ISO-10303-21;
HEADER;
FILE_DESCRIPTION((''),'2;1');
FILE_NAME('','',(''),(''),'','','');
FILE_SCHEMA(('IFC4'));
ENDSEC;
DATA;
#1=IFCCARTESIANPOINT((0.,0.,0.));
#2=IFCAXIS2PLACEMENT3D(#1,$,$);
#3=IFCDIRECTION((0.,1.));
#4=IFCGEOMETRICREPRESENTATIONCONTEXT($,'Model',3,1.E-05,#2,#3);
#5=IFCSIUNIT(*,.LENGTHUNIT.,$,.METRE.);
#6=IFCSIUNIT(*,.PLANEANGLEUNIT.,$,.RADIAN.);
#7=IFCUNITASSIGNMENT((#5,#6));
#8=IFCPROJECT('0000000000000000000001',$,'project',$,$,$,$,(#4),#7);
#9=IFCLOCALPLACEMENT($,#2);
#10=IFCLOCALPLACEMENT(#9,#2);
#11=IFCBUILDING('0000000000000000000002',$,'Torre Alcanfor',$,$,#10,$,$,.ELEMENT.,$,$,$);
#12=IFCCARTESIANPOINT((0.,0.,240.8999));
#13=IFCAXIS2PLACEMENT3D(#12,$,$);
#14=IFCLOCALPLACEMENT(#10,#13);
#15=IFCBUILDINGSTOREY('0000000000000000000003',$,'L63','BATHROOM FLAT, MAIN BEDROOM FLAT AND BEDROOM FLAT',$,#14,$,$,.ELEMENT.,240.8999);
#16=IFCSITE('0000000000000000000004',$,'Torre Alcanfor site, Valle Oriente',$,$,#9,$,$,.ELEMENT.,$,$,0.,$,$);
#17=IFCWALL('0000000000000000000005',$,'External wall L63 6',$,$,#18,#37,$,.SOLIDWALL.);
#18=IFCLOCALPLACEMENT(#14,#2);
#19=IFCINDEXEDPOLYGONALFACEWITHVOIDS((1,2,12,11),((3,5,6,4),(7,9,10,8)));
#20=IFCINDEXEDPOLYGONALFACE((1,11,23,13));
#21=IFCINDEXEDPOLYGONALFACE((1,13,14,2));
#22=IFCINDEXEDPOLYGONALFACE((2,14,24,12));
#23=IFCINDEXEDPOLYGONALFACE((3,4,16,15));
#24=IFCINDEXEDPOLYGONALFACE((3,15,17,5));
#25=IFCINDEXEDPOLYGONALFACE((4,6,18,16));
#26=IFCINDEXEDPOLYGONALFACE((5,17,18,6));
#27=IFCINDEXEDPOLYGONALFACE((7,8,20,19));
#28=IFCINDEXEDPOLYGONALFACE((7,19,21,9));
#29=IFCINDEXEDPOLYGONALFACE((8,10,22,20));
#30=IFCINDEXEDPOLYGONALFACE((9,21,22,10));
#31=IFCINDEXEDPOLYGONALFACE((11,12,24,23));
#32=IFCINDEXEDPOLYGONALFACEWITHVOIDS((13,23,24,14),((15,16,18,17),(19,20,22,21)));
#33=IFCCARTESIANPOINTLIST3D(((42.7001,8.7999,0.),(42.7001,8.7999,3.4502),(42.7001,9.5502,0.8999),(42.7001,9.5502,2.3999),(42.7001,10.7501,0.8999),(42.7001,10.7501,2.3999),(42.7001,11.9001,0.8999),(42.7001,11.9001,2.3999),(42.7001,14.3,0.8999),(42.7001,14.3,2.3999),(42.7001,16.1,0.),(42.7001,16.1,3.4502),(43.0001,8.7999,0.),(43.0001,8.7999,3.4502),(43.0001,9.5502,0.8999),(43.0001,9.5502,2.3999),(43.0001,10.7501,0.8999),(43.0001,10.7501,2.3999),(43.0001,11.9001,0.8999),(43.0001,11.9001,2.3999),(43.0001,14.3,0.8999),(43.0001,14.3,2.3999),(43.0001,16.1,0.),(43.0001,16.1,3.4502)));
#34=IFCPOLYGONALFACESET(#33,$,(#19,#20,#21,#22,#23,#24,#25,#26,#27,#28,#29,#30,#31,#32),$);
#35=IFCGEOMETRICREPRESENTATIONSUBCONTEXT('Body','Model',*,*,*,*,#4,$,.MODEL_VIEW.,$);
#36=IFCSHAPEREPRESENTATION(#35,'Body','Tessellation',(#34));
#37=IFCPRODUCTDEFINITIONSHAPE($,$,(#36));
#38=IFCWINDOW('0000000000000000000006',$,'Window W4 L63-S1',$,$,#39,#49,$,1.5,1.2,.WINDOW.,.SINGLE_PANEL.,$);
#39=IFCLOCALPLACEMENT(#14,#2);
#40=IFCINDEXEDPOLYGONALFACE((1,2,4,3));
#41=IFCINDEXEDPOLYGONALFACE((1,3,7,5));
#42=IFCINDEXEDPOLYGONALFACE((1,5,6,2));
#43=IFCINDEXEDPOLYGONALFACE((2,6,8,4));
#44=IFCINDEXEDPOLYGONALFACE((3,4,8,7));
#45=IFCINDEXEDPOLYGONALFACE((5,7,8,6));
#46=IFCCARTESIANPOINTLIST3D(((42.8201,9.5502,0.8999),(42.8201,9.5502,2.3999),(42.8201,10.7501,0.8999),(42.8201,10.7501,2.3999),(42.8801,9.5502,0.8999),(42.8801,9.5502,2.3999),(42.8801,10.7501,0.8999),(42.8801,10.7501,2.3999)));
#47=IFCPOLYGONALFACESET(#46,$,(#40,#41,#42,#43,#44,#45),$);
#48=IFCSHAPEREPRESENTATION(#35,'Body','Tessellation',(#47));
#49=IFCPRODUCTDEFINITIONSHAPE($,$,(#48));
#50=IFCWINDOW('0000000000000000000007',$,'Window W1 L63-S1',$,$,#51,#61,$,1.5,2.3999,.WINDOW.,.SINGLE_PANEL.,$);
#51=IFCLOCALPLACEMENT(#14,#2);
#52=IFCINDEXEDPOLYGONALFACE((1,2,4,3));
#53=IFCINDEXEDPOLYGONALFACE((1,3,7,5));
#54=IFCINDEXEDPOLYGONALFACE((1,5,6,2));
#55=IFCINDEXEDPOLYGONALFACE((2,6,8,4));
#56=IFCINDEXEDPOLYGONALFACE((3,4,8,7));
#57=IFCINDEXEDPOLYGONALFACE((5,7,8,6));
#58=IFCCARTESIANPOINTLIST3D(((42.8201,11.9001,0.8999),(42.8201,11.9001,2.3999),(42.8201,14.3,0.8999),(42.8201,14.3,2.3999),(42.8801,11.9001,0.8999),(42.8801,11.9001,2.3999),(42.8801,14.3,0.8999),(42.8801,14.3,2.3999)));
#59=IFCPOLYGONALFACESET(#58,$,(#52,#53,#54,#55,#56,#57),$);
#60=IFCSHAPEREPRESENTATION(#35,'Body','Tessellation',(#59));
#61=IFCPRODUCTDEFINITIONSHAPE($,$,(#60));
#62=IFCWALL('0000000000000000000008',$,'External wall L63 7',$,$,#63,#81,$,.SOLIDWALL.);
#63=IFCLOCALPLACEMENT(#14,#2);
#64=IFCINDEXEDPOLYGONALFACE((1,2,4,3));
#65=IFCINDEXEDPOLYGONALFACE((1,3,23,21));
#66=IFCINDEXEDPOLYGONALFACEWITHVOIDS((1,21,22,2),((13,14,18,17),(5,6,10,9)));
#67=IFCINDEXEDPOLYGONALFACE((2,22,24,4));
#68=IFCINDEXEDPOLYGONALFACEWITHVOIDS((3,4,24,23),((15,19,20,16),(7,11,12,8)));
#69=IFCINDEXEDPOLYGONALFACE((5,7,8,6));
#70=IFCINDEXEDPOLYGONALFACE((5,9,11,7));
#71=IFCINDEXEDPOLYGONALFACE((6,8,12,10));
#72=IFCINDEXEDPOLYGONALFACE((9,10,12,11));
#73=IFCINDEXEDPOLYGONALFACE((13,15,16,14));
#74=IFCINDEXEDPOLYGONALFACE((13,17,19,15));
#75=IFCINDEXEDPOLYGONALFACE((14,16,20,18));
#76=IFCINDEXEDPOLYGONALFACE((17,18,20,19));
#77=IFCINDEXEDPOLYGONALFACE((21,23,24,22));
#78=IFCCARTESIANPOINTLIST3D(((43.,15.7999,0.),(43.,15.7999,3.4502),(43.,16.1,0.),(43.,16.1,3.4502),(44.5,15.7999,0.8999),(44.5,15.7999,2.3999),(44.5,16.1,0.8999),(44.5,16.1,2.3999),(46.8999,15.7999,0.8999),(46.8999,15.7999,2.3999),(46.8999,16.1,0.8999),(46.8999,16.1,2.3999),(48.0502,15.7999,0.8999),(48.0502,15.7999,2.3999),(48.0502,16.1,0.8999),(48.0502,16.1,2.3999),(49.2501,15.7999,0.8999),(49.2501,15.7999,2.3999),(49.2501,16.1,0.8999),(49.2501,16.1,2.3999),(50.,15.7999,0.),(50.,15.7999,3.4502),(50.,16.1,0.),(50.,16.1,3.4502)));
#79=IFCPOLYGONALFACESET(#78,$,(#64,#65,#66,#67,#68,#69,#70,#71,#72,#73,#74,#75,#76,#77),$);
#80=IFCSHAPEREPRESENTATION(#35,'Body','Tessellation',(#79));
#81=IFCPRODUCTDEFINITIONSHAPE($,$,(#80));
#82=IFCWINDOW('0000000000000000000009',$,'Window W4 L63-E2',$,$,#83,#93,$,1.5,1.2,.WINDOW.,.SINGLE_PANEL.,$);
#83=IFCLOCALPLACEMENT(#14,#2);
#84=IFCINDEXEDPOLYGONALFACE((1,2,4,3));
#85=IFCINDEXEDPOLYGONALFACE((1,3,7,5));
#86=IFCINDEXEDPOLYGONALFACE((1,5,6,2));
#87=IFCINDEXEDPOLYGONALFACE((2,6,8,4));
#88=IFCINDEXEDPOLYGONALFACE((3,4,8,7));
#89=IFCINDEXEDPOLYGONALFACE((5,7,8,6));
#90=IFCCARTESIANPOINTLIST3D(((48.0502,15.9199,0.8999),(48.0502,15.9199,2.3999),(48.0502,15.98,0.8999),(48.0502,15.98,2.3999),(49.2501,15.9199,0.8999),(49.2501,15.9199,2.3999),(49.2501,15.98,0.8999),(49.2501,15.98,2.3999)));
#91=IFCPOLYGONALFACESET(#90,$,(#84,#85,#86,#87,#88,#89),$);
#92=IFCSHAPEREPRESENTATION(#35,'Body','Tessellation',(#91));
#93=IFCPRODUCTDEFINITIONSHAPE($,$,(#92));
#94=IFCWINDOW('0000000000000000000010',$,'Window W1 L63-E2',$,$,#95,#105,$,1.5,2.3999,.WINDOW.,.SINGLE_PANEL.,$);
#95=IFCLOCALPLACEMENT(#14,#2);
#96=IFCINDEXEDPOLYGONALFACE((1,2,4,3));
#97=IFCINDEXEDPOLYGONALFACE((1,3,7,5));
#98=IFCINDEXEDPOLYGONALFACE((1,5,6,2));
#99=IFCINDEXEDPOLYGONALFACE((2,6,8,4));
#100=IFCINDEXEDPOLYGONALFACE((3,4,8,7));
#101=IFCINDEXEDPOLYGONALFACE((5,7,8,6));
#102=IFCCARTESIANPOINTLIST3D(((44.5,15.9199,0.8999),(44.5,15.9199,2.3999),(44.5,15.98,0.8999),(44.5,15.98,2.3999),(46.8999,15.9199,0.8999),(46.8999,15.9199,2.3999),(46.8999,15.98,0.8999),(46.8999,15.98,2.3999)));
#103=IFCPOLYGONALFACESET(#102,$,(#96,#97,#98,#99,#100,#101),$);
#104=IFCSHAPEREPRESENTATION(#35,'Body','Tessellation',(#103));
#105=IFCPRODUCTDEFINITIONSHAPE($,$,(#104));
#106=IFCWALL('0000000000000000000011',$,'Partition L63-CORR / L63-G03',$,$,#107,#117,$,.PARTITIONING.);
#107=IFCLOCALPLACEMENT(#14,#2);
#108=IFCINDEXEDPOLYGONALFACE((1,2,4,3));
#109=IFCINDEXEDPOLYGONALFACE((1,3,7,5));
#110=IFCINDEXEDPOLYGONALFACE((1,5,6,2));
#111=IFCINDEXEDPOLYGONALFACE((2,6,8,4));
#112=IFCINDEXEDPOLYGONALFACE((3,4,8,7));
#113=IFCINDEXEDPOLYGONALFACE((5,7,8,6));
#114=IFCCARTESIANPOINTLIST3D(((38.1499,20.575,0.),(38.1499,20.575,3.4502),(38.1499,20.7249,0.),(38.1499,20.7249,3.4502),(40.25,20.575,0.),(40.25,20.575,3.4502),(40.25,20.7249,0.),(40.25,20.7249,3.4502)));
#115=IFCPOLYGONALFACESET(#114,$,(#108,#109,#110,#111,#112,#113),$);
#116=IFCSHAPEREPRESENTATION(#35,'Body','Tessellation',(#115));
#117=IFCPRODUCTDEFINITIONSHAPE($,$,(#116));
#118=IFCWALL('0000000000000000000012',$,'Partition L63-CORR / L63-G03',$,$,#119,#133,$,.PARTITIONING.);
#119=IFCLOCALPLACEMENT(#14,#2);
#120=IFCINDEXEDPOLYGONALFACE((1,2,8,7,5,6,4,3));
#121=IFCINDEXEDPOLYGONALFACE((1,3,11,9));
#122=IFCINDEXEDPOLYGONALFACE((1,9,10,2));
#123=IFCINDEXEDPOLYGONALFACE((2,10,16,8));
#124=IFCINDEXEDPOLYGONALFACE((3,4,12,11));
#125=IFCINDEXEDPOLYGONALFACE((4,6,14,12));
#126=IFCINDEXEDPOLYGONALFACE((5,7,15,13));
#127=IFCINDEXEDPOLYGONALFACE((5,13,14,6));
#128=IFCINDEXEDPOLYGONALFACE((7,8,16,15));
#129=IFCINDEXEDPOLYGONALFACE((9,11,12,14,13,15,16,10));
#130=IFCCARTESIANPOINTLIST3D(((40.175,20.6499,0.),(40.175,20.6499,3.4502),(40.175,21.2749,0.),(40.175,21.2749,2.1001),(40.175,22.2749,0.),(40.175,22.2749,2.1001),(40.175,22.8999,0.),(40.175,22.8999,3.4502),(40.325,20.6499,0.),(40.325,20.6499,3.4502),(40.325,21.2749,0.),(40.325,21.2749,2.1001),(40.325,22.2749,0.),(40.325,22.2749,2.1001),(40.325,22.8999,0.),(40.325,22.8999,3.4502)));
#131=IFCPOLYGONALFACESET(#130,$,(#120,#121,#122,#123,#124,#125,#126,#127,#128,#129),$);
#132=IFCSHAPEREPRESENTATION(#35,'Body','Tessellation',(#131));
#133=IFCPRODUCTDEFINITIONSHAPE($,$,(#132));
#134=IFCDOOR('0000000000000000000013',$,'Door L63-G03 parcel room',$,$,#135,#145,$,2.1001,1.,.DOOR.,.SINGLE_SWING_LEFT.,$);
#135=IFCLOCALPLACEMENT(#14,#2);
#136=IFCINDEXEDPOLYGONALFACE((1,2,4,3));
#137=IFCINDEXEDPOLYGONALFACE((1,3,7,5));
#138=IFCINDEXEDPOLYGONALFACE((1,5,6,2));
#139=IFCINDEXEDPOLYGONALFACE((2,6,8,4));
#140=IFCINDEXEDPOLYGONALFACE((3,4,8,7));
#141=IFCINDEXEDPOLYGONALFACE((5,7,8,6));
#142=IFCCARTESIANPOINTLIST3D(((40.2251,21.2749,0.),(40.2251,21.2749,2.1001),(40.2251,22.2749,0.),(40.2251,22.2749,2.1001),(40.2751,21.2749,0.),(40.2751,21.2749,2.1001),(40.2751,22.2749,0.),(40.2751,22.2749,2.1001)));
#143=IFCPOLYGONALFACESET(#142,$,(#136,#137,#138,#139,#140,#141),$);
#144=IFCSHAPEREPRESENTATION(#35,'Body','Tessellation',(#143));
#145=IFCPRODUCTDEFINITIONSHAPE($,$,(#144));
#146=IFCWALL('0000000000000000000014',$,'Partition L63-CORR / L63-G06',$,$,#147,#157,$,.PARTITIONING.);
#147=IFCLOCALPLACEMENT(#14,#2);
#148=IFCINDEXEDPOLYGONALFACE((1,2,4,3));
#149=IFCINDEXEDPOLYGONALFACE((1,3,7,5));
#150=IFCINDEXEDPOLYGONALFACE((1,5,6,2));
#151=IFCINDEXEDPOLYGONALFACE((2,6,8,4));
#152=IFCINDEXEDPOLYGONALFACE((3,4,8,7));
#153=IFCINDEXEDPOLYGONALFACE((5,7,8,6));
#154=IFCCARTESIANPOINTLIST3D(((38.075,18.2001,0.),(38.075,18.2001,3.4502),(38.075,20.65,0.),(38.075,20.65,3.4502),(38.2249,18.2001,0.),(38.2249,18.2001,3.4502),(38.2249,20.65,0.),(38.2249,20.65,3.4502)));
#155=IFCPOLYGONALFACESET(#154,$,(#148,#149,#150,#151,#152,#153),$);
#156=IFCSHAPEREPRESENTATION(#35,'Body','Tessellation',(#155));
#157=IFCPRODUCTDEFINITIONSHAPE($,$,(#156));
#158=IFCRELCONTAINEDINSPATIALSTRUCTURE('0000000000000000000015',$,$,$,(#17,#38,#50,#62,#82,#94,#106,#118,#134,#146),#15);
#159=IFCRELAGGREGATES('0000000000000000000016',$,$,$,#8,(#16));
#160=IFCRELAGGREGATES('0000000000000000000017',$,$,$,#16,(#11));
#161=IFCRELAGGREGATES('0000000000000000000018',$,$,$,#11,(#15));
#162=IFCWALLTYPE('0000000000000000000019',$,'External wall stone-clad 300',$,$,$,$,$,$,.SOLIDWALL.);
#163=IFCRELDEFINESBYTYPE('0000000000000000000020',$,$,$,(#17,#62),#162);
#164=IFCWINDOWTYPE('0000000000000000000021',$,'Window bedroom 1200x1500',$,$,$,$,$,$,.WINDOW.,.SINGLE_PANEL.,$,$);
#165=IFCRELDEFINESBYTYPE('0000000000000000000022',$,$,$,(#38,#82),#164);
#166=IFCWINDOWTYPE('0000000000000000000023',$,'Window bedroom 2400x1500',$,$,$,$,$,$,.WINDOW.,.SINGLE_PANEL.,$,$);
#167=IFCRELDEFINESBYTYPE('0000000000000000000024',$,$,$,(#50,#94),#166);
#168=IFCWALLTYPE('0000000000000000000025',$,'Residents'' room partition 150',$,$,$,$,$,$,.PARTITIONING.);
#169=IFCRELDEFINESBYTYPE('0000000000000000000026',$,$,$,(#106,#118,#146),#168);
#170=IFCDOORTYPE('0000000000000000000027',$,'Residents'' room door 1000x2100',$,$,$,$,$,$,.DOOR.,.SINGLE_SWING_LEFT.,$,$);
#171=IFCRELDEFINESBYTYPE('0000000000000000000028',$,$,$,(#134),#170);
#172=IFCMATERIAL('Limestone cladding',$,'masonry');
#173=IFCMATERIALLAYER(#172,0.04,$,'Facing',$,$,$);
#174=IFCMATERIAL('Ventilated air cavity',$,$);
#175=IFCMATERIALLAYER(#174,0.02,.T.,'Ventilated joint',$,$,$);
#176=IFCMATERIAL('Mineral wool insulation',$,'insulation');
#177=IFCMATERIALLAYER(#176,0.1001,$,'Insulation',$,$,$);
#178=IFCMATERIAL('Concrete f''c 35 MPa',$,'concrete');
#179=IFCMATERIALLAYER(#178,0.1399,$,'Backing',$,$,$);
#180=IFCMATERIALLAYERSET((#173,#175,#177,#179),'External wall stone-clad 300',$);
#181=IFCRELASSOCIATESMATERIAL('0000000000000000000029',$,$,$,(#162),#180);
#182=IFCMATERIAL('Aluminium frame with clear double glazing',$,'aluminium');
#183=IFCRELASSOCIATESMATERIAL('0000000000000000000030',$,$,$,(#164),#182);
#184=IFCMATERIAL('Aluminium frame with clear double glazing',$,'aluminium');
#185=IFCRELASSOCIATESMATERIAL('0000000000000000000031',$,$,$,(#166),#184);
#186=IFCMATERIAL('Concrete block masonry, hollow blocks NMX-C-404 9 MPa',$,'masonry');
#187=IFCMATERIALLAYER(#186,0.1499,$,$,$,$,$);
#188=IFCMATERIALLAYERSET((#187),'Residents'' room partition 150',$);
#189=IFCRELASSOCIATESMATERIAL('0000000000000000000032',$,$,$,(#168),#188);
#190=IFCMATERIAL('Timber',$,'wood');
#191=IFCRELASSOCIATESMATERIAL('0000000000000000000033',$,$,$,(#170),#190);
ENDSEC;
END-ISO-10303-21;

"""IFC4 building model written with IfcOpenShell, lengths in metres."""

from ifc_helpers import new_model, si_unit, direction, frame, frame_2d, origin, place, context, subcontext, project, spatial, rectangle, extrude, material, layer, layer_set, type_object, element, fill, save


model = new_model("IFC4")

# Units and contexts
model_context = context("Model", 3, precision=1e-05, world=origin(), true_north=direction((0.0, 1.0)))
body_context = subcontext(model_context, "Body", "Model", "MODEL_VIEW")
ifc_project = project(units=[si_unit("LENGTHUNIT", "METRE"), si_unit("PLANEANGLEUNIT", "RADIAN")], contexts=[model_context])

# Site, building, storey
site_placement = place(None, origin())
site = spatial("IfcSite", under=ifc_project, at=site_placement, Name="Torre Alcanfor site, Valle Oriente", CompositionType="ELEMENT", RefElevation=0.0)
building_placement = place(site_placement, origin())
building = spatial("IfcBuilding", under=site, at=building_placement, Name="Torre Alcanfor", CompositionType="ELEMENT")
storey_placement = place(building_placement, frame((0.0, 0.0, 240.8999)))
storey = spatial("IfcBuildingStorey", under=building, at=storey_placement, Name="L63", Description="BATHROOM FLAT, MAIN BEDROOM FLAT AND BEDROOM FLAT", CompositionType="ELEMENT", Elevation=240.8999)

# Walls, openings, windows
ifc_material_1 = material(Name="Limestone cladding", Category="masonry")
ifc_layer_1 = layer(ifc_material_1, 0.04, Name="Facing")
ifc_material_2 = material(Name="Ventilated air cavity")
ifc_layer_2 = layer(ifc_material_2, 0.02, ventilated=True, Name="Ventilated joint")
ifc_material_3 = material(Name="Mineral wool insulation", Category="insulation")
ifc_layer_3 = layer(ifc_material_3, 0.1001, Name="Insulation")
ifc_material_4 = material(Name="Concrete f'c 35 MPa", Category="concrete")
ifc_layer_4 = layer(ifc_material_4, 0.1399, Name="Backing")
ifc_layer_set_1 = layer_set([ifc_layer_1, ifc_layer_2, ifc_layer_3, ifc_layer_4], Name="External wall stone-clad 300")
wall_type_1 = type_object("IfcWallType", Name="External wall stone-clad 300", PredefinedType="SOLIDWALL", material=ifc_layer_set_1)
wall_1_placement = place(storey_placement, frame((42.8501, 8.8, 0.0), z_axis=(0.0, 0.0, 1.0), x_axis=(0.0, 1.0, 0.0)))
wall_1 = element("IfcWall", 1, at=wall_1_placement, inside=storey, type_object=wall_type_1, Name="External wall L63 6", PredefinedType="SOLIDWALL", context=body_context, shape_type="SweptSolid", body=[
    extrude(rectangle(XDim=7.3, YDim=0.3, at=frame_2d((3.6499, 0.0))), origin(), (0.0, 0.0, 1.0), 3.4502),
])
opening_1_placement = place(wall_1_placement, frame((3.1001, 0.0, 0.8999)))
opening_1 = element("IfcOpeningElement", 2, at=opening_1_placement, cuts=wall_1, PredefinedType="OPENING", context=body_context, shape_type="SweptSolid", body=[
    extrude(rectangle(XDim=2.3999, YDim=1.5, at=frame_2d((1.2, 0.75))), frame((0.0, 0.1599, 0.0), z_axis=(0.0, -1.0, 0.0), x_axis=(1.0, 0.0, 0.0)), (0.0, 0.0, 1.0), 0.3201),
])
opening_2_placement = place(wall_1_placement, frame((0.75, 0.0, 0.8999)))
opening_2 = element("IfcOpeningElement", 3, at=opening_2_placement, cuts=wall_1, PredefinedType="OPENING", context=body_context, shape_type="SweptSolid", body=[
    extrude(rectangle(XDim=1.2, YDim=1.5, at=frame_2d((0.6001, 0.75))), frame((0.0, 0.1599, 0.0), z_axis=(0.0, -1.0, 0.0), x_axis=(1.0, 0.0, 0.0)), (0.0, 0.0, 1.0), 0.3201),
])
ifc_material_5 = material(Name="Aluminium frame with clear double glazing", Category="aluminium")
window_type_1 = type_object("IfcWindowType", Name="Window bedroom 1200x1500", PartitioningType="SINGLE_PANEL", PredefinedType="WINDOW", material=ifc_material_5)
window_1_placement = place(opening_2_placement, origin())
window_1 = element("IfcWindow", 4, at=window_1_placement, inside=storey, type_object=window_type_1, Name="Window W4 L63-S1", OverallHeight=1.5, OverallWidth=1.2, PartitioningType="SINGLE_PANEL", PredefinedType="WINDOW", context=body_context, shape_type="SweptSolid", body=[
    extrude(rectangle(XDim=1.2, YDim=1.5, at=frame_2d((0.6001, 0.75))), frame((0.0, 0.03, 0.0), z_axis=(0.0, -1.0, 0.0), x_axis=(1.0, 0.0, 0.0)), (0.0, 0.0, 1.0), 0.0601),
])
fill(opening_2, window_1)
ifc_material_6 = material(Name="Aluminium frame with clear double glazing", Category="aluminium")
window_type_2 = type_object("IfcWindowType", Name="Window bedroom 2400x1500", PartitioningType="SINGLE_PANEL", PredefinedType="WINDOW", material=ifc_material_6)
window_2_placement = place(opening_1_placement, origin())
window_2 = element("IfcWindow", 5, at=window_2_placement, inside=storey, type_object=window_type_2, Name="Window W1 L63-S1", OverallHeight=1.5, OverallWidth=2.3999, PartitioningType="SINGLE_PANEL", PredefinedType="WINDOW", context=body_context, shape_type="SweptSolid", body=[
    extrude(rectangle(XDim=2.3999, YDim=1.5, at=frame_2d((1.2, 0.75))), frame((0.0, 0.03, 0.0), z_axis=(0.0, -1.0, 0.0), x_axis=(1.0, 0.0, 0.0)), (0.0, 0.0, 1.0), 0.0601),
])
fill(opening_1, window_2)
wall_2_placement = place(storey_placement, frame((43.0, 15.95, 0.0), z_axis=(0.0, 0.0, 1.0), x_axis=(1.0, 0.0, 0.0)))
wall_2 = element("IfcWall", 6, at=wall_2_placement, inside=storey, type_object=wall_type_1, Name="External wall L63 7", PredefinedType="SOLIDWALL", context=body_context, shape_type="SweptSolid", body=[
    extrude(rectangle(XDim=7.0, YDim=0.3, at=frame_2d((3.5, 0.0))), origin(), (0.0, 0.0, 1.0), 3.4502),
])
opening_3_placement = place(wall_2_placement, frame((1.5, 0.0, 0.8999)))
opening_3 = element("IfcOpeningElement", 7, at=opening_3_placement, cuts=wall_2, PredefinedType="OPENING", context=body_context, shape_type="SweptSolid", body=[
    extrude(rectangle(XDim=2.3999, YDim=1.5, at=frame_2d((1.2, 0.75))), frame((0.0, 0.1599, 0.0), z_axis=(0.0, -1.0, 0.0), x_axis=(1.0, 0.0, 0.0)), (0.0, 0.0, 1.0), 0.3201),
])
opening_4_placement = place(wall_2_placement, frame((5.05, 0.0, 0.8999)))
opening_4 = element("IfcOpeningElement", 8, at=opening_4_placement, cuts=wall_2, PredefinedType="OPENING", context=body_context, shape_type="SweptSolid", body=[
    extrude(rectangle(XDim=1.2, YDim=1.5, at=frame_2d((0.6001, 0.75))), frame((0.0, 0.1599, 0.0), z_axis=(0.0, -1.0, 0.0), x_axis=(1.0, 0.0, 0.0)), (0.0, 0.0, 1.0), 0.3201),
])
window_3_placement = place(opening_4_placement, origin())
window_3 = element("IfcWindow", 9, at=window_3_placement, inside=storey, type_object=window_type_1, Name="Window W4 L63-E2", OverallHeight=1.5, OverallWidth=1.2, PartitioningType="SINGLE_PANEL", PredefinedType="WINDOW", context=body_context, shape_type="SweptSolid", body=[
    extrude(rectangle(XDim=1.2, YDim=1.5, at=frame_2d((0.6001, 0.75))), frame((0.0, 0.03, 0.0), z_axis=(0.0, -1.0, 0.0), x_axis=(1.0, 0.0, 0.0)), (0.0, 0.0, 1.0), 0.0601),
])
fill(opening_4, window_3)
window_4_placement = place(opening_3_placement, origin())
window_4 = element("IfcWindow", 10, at=window_4_placement, inside=storey, type_object=window_type_2, Name="Window W1 L63-E2", OverallHeight=1.5, OverallWidth=2.3999, PartitioningType="SINGLE_PANEL", PredefinedType="WINDOW", context=body_context, shape_type="SweptSolid", body=[
    extrude(rectangle(XDim=2.3999, YDim=1.5, at=frame_2d((1.2, 0.75))), frame((0.0, 0.03, 0.0), z_axis=(0.0, -1.0, 0.0), x_axis=(1.0, 0.0, 0.0)), (0.0, 0.0, 1.0), 0.0601),
])
fill(opening_3, window_4)

# Wall
ifc_material_7 = material(Name="Concrete block masonry, hollow blocks NMX-C-404 9 MPa", Category="masonry")
ifc_layer_5 = layer(ifc_material_7, 0.1499)
ifc_layer_set_2 = layer_set([ifc_layer_5], Name="Residents' room partition 150")
wall_type_2 = type_object("IfcWallType", Name="Residents' room partition 150", PredefinedType="PARTITIONING", material=ifc_layer_set_2)
wall_3_placement = place(storey_placement, frame((38.1499, 20.6499, 0.0), z_axis=(0.0, 0.0, 1.0), x_axis=(1.0, 0.0, 0.0)))
element("IfcWall", 11, at=wall_3_placement, inside=storey, type_object=wall_type_2, Name="Partition L63-CORR / L63-G03", PredefinedType="PARTITIONING", context=body_context, shape_type="SweptSolid", body=[
    extrude(rectangle(XDim=2.1001, YDim=0.1499, at=frame_2d((1.05, 0.0))), origin(), (0.0, 0.0, 1.0), 3.4502),
])

# Wall, opening, door
wall_4_placement = place(storey_placement, frame((40.25, 20.6499, 0.0), z_axis=(0.0, 0.0, 1.0), x_axis=(0.0, 1.0, 0.0)))
wall_4 = element("IfcWall", 12, at=wall_4_placement, inside=storey, type_object=wall_type_2, Name="Partition L63-CORR / L63-G03", PredefinedType="PARTITIONING", context=body_context, shape_type="SweptSolid", body=[
    extrude(rectangle(XDim=2.25, YDim=0.1499, at=frame_2d((1.125, 0.0))), origin(), (0.0, 0.0, 1.0), 3.4502),
])
opening_5_placement = place(wall_4_placement, frame((0.625, 0.0, 0.0)))
opening_5 = element("IfcOpeningElement", 13, at=opening_5_placement, cuts=wall_4, PredefinedType="OPENING", context=body_context, shape_type="SweptSolid", body=[
    extrude(rectangle(XDim=1.0, YDim=2.1001, at=frame_2d((0.5, 1.05))), frame((0.0, 0.085, 0.0), z_axis=(0.0, -1.0, 0.0), x_axis=(1.0, 0.0, 0.0)), (0.0, 0.0, 1.0), 0.1699),
])
ifc_material_8 = material(Name="Timber", Category="wood")
door_type = type_object("IfcDoorType", Name="Residents' room door 1000x2100", OperationType="SINGLE_SWING_LEFT", PredefinedType="DOOR", material=ifc_material_8)
door_placement = place(opening_5_placement, origin())
door = element("IfcDoor", 14, at=door_placement, inside=storey, type_object=door_type, Name="Door L63-G03 parcel room", OperationType="SINGLE_SWING_LEFT", OverallHeight=2.1001, OverallWidth=1.0, PredefinedType="DOOR", context=body_context, shape_type="SweptSolid", body=[
    extrude(rectangle(XDim=1.0, YDim=2.1001, at=frame_2d((0.5, 1.05))), frame((0.0, 0.0249, 0.0), z_axis=(0.0, -1.0, 0.0), x_axis=(1.0, 0.0, 0.0)), (0.0, 0.0, 1.0), 0.05),
])
fill(opening_5, door)

# Wall
wall_5_placement = place(storey_placement, frame((38.1499, 18.2, 0.0), z_axis=(0.0, 0.0, 1.0), x_axis=(0.0, 1.0, 0.0)))
element("IfcWall", 15, at=wall_5_placement, inside=storey, type_object=wall_type_2, Name="Partition L63-CORR / L63-G06", PredefinedType="PARTITIONING", context=body_context, shape_type="SweptSolid", body=[
    extrude(rectangle(XDim=2.45, YDim=0.1499, at=frame_2d((1.2251, 0.0))), origin(), (0.0, 0.0, 1.0), 3.4502),
])

save(model, "model.ifc")
